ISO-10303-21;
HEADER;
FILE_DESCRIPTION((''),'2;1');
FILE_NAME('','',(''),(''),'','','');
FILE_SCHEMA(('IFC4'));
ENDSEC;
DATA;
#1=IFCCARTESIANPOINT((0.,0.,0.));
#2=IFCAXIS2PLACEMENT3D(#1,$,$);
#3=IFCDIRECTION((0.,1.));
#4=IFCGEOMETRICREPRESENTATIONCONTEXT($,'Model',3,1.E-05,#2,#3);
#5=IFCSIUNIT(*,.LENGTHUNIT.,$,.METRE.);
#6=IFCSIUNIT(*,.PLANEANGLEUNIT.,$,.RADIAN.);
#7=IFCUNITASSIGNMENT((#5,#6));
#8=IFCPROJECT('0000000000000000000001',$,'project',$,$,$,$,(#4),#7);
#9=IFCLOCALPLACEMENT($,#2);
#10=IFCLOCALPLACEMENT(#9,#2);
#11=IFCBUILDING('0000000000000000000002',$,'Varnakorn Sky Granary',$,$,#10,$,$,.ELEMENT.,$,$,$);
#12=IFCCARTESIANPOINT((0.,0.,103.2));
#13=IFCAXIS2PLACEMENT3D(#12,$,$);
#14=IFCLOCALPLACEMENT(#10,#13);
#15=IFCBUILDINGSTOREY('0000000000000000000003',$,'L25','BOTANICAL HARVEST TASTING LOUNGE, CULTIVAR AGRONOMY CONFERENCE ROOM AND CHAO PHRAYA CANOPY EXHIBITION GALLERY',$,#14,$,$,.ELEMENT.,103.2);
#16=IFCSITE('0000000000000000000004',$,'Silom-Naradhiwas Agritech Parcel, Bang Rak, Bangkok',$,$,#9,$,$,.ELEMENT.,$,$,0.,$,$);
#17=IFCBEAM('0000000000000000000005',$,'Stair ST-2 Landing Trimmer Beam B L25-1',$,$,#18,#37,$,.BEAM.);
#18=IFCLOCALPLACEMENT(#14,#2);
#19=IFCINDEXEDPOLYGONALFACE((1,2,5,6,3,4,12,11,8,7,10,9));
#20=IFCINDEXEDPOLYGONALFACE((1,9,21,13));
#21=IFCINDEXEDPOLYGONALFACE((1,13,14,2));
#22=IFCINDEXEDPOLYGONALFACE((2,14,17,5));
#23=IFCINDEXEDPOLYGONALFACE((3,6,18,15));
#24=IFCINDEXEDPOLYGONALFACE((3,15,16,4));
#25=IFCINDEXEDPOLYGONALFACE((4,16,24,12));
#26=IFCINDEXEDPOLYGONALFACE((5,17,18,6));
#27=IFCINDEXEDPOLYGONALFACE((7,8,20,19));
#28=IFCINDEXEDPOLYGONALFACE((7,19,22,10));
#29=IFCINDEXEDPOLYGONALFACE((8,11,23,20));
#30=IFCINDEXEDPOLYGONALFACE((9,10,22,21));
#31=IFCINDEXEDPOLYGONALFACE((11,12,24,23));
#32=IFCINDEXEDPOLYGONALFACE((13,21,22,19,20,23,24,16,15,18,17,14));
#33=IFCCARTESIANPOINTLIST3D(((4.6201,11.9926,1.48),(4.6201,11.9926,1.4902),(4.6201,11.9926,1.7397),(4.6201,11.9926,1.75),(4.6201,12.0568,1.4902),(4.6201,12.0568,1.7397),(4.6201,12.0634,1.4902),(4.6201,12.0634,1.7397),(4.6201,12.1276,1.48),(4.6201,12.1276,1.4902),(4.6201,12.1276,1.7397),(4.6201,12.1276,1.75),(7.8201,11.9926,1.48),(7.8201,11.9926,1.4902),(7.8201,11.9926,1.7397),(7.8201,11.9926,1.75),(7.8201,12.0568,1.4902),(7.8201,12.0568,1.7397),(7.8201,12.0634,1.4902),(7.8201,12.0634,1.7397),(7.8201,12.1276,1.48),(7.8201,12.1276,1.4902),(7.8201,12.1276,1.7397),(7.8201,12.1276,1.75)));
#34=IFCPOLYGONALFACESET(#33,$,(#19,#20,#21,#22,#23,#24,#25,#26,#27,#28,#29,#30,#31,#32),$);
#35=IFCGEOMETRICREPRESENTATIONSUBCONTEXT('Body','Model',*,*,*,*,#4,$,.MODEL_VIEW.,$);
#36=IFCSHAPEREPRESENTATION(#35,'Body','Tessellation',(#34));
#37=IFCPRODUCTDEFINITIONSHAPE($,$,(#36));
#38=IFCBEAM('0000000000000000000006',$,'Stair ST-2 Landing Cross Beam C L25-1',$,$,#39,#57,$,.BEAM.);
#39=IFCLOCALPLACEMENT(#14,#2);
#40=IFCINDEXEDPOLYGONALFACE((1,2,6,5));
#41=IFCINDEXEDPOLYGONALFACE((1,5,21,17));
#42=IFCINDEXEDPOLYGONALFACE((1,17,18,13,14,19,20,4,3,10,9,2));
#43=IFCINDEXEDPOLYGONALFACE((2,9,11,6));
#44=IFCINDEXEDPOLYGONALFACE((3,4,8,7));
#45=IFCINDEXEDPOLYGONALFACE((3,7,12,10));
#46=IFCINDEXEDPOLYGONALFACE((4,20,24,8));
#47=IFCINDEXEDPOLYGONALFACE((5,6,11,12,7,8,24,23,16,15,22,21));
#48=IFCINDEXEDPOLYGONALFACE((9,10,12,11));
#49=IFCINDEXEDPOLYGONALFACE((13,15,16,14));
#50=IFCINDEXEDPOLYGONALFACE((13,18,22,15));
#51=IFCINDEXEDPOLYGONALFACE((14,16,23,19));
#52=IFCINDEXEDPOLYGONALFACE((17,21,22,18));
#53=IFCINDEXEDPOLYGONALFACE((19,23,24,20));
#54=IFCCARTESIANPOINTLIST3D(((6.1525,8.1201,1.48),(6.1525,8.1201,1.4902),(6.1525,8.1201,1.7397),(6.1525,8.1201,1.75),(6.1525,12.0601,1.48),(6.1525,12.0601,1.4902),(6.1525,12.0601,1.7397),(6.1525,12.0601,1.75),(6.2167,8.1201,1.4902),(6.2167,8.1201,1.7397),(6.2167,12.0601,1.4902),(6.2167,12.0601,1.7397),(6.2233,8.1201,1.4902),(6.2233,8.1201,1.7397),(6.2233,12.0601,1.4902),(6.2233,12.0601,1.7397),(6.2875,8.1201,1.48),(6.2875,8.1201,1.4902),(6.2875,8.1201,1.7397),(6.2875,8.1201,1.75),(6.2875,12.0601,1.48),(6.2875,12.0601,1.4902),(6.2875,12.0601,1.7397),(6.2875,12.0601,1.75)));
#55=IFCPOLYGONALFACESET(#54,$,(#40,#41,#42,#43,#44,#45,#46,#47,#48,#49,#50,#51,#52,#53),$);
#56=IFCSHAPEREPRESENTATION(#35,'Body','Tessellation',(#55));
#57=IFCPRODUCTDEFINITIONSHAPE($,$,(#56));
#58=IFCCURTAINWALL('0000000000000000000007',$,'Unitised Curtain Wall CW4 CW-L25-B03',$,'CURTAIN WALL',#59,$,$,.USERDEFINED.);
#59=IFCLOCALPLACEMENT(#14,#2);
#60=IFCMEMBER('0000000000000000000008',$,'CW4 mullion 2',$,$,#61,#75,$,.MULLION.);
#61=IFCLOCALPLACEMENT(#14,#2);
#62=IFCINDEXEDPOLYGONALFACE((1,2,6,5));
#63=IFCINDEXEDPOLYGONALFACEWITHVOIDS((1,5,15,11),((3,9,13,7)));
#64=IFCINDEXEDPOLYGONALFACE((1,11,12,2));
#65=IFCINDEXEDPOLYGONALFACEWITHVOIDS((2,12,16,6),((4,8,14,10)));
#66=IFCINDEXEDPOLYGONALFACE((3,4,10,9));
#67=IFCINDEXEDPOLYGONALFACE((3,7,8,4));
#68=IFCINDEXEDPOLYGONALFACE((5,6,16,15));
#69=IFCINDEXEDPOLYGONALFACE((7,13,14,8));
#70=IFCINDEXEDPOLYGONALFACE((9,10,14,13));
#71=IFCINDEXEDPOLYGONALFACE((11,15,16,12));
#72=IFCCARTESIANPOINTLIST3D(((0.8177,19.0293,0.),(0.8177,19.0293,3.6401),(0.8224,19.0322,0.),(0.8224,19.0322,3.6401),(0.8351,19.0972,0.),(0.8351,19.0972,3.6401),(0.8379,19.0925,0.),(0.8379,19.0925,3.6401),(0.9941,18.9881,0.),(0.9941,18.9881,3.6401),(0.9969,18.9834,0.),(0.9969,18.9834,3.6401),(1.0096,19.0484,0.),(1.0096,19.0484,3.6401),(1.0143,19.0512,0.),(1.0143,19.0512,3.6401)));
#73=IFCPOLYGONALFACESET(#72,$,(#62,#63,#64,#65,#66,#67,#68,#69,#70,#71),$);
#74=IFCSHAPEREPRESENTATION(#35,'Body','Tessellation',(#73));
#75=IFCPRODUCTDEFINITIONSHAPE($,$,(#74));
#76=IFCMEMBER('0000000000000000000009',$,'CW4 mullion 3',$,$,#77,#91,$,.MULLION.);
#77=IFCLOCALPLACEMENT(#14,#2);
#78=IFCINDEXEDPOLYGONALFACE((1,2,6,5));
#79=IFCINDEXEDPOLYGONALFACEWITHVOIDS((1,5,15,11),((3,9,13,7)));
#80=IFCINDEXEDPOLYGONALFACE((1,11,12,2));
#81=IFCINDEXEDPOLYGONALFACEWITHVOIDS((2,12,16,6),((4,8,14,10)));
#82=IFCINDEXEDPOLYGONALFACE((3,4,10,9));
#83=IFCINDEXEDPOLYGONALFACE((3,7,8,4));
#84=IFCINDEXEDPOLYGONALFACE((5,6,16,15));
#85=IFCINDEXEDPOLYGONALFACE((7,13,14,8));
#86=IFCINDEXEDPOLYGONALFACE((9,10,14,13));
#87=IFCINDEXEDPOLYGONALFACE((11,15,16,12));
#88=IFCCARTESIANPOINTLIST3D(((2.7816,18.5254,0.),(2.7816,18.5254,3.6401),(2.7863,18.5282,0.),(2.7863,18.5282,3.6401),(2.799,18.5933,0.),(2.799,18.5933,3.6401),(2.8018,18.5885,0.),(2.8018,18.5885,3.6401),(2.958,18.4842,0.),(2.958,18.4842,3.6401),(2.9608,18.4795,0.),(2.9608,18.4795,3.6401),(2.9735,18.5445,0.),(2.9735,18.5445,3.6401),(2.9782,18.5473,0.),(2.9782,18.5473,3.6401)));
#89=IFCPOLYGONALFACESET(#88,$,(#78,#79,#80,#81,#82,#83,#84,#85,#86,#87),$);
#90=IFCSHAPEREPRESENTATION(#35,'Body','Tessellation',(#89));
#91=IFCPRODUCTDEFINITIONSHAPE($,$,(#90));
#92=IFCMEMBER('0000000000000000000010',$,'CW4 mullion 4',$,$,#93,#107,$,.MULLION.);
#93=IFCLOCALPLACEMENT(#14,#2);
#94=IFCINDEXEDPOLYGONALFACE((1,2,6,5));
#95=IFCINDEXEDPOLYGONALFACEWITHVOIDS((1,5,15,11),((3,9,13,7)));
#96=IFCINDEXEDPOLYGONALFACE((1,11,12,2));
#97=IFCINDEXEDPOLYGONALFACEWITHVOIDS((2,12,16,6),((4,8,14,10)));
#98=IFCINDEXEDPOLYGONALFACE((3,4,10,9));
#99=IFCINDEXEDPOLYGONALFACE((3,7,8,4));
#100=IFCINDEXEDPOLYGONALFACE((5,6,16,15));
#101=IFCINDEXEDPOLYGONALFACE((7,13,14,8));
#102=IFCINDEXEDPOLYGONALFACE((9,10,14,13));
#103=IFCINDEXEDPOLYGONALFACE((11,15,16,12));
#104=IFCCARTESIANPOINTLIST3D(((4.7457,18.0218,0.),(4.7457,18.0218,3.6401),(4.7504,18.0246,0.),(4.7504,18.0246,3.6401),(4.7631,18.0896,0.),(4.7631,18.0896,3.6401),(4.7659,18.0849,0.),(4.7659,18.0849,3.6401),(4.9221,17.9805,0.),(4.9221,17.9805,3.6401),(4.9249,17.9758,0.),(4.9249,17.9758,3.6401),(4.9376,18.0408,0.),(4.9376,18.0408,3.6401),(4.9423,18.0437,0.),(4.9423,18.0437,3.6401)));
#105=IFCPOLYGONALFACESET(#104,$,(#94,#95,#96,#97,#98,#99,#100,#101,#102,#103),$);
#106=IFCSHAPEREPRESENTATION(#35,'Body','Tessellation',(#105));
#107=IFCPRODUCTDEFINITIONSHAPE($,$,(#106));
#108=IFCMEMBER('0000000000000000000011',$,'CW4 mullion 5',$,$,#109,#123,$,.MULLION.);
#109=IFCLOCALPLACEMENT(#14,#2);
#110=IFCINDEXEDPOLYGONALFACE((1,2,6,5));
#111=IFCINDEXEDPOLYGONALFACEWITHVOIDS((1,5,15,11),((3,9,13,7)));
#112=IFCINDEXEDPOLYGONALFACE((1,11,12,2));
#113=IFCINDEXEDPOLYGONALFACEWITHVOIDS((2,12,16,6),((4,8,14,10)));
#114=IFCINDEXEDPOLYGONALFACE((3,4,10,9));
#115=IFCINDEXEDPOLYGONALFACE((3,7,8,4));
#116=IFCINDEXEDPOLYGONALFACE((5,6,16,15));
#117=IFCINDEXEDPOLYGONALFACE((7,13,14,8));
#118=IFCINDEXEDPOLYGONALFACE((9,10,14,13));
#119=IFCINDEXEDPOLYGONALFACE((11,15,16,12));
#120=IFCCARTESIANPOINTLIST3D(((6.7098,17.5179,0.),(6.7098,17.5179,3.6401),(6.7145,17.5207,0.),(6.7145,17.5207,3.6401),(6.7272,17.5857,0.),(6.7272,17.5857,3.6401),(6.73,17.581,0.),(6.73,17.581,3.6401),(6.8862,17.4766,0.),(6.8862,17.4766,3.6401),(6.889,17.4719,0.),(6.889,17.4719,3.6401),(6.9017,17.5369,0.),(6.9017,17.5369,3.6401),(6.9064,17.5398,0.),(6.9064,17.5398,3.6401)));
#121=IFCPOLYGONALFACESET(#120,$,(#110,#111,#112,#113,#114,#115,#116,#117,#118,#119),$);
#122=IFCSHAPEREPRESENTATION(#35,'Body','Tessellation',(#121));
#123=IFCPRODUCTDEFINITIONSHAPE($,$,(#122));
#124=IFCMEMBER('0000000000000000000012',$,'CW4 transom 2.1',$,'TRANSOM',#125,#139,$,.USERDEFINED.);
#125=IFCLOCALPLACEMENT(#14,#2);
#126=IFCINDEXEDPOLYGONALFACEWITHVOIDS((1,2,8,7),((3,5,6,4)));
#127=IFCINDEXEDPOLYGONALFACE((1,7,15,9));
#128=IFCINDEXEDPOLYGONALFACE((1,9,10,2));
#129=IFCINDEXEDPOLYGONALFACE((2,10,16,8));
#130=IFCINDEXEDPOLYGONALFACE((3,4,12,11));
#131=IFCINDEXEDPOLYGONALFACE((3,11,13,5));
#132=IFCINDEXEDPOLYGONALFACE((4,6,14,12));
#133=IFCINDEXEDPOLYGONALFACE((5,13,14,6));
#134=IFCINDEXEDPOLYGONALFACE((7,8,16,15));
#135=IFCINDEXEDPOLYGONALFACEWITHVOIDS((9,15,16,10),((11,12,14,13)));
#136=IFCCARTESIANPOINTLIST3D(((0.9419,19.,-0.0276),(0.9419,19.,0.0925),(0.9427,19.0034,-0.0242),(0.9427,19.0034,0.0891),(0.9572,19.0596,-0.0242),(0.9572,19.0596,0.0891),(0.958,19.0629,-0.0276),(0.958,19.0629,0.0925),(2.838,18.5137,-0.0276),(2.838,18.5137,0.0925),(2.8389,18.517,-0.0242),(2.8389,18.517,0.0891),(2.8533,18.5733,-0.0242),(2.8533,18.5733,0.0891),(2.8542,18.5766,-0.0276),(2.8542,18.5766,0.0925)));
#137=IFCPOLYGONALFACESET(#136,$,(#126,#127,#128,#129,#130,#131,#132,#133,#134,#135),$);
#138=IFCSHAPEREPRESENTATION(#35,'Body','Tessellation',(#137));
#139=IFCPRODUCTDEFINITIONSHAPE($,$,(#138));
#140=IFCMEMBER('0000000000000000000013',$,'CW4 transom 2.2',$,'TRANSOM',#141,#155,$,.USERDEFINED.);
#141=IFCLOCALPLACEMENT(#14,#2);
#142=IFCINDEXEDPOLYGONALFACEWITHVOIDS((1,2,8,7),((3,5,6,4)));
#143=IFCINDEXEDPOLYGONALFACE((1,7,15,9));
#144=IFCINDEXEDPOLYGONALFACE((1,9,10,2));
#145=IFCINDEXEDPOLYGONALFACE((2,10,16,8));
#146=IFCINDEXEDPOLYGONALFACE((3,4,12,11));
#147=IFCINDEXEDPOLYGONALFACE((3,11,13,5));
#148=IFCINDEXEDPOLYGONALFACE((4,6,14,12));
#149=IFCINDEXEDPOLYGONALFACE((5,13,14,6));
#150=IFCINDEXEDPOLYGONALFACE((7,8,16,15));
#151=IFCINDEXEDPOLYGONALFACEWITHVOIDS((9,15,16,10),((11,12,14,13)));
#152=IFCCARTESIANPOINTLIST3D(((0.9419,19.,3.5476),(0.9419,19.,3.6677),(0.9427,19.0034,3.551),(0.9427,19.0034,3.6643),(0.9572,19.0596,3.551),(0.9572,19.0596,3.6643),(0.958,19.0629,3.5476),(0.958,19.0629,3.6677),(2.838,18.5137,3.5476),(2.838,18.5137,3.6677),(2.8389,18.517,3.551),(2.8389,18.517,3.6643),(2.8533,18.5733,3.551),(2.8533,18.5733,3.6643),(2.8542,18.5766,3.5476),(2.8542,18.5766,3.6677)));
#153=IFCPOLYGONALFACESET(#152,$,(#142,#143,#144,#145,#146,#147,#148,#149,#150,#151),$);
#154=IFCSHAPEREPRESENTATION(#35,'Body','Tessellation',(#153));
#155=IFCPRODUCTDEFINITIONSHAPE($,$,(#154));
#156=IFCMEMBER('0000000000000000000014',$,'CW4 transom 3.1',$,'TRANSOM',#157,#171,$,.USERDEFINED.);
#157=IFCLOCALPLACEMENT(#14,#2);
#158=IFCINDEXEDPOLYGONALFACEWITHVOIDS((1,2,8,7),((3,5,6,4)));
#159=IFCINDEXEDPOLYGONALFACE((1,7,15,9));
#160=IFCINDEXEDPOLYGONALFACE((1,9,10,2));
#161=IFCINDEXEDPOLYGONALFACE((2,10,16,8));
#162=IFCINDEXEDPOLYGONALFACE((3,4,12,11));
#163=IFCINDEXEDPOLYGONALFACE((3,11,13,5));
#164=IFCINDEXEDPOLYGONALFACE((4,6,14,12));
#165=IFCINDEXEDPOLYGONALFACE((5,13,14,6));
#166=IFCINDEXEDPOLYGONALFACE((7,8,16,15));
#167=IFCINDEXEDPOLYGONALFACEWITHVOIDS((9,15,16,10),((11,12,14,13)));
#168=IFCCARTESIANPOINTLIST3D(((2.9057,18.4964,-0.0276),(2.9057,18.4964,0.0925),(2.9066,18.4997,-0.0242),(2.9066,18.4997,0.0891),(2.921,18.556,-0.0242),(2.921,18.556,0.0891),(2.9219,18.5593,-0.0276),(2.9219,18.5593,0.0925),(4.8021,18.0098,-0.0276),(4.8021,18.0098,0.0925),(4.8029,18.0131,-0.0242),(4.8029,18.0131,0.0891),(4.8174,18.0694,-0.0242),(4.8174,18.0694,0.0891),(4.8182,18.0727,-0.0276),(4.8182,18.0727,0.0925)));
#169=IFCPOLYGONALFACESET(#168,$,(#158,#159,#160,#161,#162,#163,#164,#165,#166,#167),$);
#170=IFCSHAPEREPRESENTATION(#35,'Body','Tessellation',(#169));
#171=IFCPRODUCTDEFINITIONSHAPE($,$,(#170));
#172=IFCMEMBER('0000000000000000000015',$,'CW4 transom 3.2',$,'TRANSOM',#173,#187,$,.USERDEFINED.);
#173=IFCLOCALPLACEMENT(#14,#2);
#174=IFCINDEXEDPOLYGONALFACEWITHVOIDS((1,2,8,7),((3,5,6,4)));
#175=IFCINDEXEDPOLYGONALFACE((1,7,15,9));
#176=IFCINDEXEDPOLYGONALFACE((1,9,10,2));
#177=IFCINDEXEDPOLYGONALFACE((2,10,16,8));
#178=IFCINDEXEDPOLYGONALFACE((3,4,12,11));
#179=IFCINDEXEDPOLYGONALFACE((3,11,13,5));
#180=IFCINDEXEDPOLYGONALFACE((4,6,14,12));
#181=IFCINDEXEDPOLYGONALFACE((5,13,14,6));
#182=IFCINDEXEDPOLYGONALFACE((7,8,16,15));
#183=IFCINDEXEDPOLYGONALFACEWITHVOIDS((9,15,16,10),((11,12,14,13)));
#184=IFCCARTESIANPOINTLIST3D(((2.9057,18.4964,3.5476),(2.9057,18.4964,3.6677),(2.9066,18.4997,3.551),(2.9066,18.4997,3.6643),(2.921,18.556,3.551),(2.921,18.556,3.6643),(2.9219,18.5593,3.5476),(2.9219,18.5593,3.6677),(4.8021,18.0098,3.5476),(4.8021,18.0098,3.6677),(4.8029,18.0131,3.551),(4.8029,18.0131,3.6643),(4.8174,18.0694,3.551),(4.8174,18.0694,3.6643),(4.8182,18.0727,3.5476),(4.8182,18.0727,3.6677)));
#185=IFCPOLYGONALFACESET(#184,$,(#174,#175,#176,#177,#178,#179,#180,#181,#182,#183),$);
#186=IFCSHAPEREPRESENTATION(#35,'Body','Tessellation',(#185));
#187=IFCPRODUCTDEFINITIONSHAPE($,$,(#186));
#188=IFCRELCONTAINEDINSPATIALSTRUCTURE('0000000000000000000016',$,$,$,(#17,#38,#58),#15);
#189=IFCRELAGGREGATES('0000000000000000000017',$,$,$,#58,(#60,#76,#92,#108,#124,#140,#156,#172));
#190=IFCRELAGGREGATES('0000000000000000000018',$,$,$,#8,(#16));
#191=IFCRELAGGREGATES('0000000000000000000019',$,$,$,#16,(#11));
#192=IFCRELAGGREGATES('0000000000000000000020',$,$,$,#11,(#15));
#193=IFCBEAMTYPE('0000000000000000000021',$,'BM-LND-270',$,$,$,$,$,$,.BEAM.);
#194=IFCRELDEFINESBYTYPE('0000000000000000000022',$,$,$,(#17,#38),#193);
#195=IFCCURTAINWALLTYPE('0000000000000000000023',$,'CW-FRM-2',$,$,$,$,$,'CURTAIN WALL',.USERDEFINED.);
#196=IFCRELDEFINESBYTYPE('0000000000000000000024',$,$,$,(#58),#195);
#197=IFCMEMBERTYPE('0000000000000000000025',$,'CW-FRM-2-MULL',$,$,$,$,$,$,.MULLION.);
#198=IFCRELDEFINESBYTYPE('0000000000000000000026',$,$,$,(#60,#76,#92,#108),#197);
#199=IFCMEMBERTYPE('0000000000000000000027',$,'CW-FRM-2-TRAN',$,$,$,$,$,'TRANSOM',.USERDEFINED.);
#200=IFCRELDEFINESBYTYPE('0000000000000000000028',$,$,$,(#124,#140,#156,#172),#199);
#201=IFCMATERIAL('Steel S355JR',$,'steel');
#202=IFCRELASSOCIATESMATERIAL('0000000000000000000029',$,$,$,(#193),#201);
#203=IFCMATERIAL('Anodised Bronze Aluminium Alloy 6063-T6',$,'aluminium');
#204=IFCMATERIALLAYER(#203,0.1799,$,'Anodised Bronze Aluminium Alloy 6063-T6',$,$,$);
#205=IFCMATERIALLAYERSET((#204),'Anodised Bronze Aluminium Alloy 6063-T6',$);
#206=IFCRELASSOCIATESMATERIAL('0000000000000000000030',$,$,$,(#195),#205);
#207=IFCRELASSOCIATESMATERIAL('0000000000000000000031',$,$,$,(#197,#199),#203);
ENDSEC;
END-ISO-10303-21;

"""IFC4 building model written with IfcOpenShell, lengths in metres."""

from ifc_helpers import new_model, si_unit, direction, frame, origin, origin_2d, place, context, subcontext, project, spatial, hollow_rectangle, i_section, extrude, material, layer, layer_set, material_profile, profile_set, type_object, element, aggregate, save


model = new_model("IFC4")

# Units and contexts
model_context = context("Model", 3, precision=1e-05, world=origin(), true_north=direction((0.0, 1.0)))
body_context = subcontext(model_context, "Body", "Model", "MODEL_VIEW")
ifc_project = project(units=[si_unit("LENGTHUNIT", "METRE"), si_unit("PLANEANGLEUNIT", "RADIAN")], contexts=[model_context])

# Site, building, storey
site_placement = place(None, origin())
site = spatial("IfcSite", under=ifc_project, at=site_placement, Name="Silom-Naradhiwas Agritech Parcel, Bang Rak, Bangkok", CompositionType="ELEMENT", RefElevation=0.0)
building_placement = place(site_placement, origin())
building = spatial("IfcBuilding", under=site, at=building_placement, Name="Varnakorn Sky Granary", CompositionType="ELEMENT")
storey_placement = place(building_placement, frame((0.0, 0.0, 103.2)))
storey = spatial("IfcBuildingStorey", under=building, at=storey_placement, Name="L25", Description="BOTANICAL HARVEST TASTING LOUNGE, CULTIVAR AGRONOMY CONFERENCE ROOM AND CHAO PHRAYA CANOPY EXHIBITION GALLERY", CompositionType="ELEMENT", Elevation=103.2)

# Beams
ifc_material_1 = material(Name="Steel S355JR", Category="steel")
ifc_material_profile_1 = material_profile(ifc_material_1, i_section(OverallWidth=0.135, OverallDepth=0.27, WebThickness=0.0066, FlangeThickness=0.0103, at=origin_2d()), Name="IPE 270")
ifc_profile_set_1 = profile_set([ifc_material_profile_1], Name="Steel S355JR")
beam_type = type_object("IfcBeamType", Name="BM-LND-270", PredefinedType="BEAM", material=ifc_profile_set_1)
beam_1_placement = place(storey_placement, frame((4.6201, 12.0601, 1.615), z_axis=(1.0, 0.0, 0.0), x_axis=(0.0, 1.0, 0.0)))
element("IfcBeam", 1, at=beam_1_placement, inside=storey, type_object=beam_type, Name="Stair ST-2 Landing Trimmer Beam B L25-1", PredefinedType="BEAM", context=body_context, shape_type="SweptSolid", body=[
    extrude(i_section(OverallWidth=0.135, OverallDepth=0.27, WebThickness=0.0066, FlangeThickness=0.0103, at=origin_2d()), origin(), (0.0, 0.0, 1.0), 3.2),
])
beam_2_placement = place(storey_placement, frame((6.22, 8.1201, 1.615), z_axis=(0.0, 1.0, 0.0), x_axis=(-1.0, 0.0, 0.0)))
element("IfcBeam", 2, at=beam_2_placement, inside=storey, type_object=beam_type, Name="Stair ST-2 Landing Cross Beam C L25-1", PredefinedType="BEAM", context=body_context, shape_type="SweptSolid", body=[
    extrude(i_section(OverallWidth=0.135, OverallDepth=0.27, WebThickness=0.0066, FlangeThickness=0.0103, at=origin_2d()), origin(), (0.0, 0.0, 1.0), 3.9399),
])

# Curtain wall, members
ifc_material_2 = material(Name="Anodised Bronze Aluminium Alloy 6063-T6", Category="aluminium")
ifc_layer_1 = layer(ifc_material_2, 0.1799, Name="Anodised Bronze Aluminium Alloy 6063-T6")
ifc_layer_set_1 = layer_set([ifc_layer_1], Name="Anodised Bronze Aluminium Alloy 6063-T6")
curtain_wall_type = type_object("IfcCurtainWallType", Name="CW-FRM-2", ElementType="CURTAIN WALL", PredefinedType="USERDEFINED", material=ifc_layer_set_1)
curtain_wall_placement = place(storey_placement, origin())
curtain_wall = element("IfcCurtainWall", 3, at=curtain_wall_placement, inside=storey, type_object=curtain_wall_type, Name="Unitised Curtain Wall CW4 CW-L25-B03", ObjectType="CURTAIN WALL", PredefinedType="USERDEFINED")
ifc_material_profile_2 = material_profile(ifc_material_2, hollow_rectangle(XDim=0.0701, YDim=0.1851, WallThickness=0.0039, at=origin_2d()), Name="ALU MULL 70x185")
ifc_profile_set_2 = profile_set([ifc_material_profile_2], Name="Anodised Bronze Aluminium Alloy 6063-T6")
member_type_1 = type_object("IfcMemberType", Name="CW-FRM-2-MULL", PredefinedType="MULLION", material=ifc_profile_set_2)
member_1_placement = place(storey_placement, frame((0.916, 19.0403, 0.0), z_axis=(0.0, 0.0, 1.0), x_axis=(0.248477, 0.968638, 0.0)))
member_1 = element("IfcMember", 4, at=member_1_placement, type_object=member_type_1, Name="CW4 mullion 2", PredefinedType="MULLION", context=body_context, shape_type="SweptSolid", body=[
    extrude(hollow_rectangle(XDim=0.0701, YDim=0.1851, WallThickness=0.0039, at=origin_2d()), origin(), (0.0, 0.0, 1.0), 3.6401),
])
member_2_placement = place(storey_placement, frame((2.8799, 18.5364, 0.0), z_axis=(0.0, 0.0, 1.0), x_axis=(0.248477, 0.968638, 0.0)))
member_2 = element("IfcMember", 5, at=member_2_placement, type_object=member_type_1, Name="CW4 mullion 3", PredefinedType="MULLION", context=body_context, shape_type="SweptSolid", body=[
    extrude(hollow_rectangle(XDim=0.0701, YDim=0.1851, WallThickness=0.0039, at=origin_2d()), origin(), (0.0, 0.0, 1.0), 3.6401),
])
member_3_placement = place(storey_placement, frame((4.844, 18.0327, 0.0), z_axis=(0.0, 0.0, 1.0), x_axis=(0.248477, 0.968638, 0.0)))
member_3 = element("IfcMember", 6, at=member_3_placement, type_object=member_type_1, Name="CW4 mullion 4", PredefinedType="MULLION", context=body_context, shape_type="SweptSolid", body=[
    extrude(hollow_rectangle(XDim=0.0701, YDim=0.1851, WallThickness=0.0039, at=origin_2d()), origin(), (0.0, 0.0, 1.0), 3.6401),
])
member_4_placement = place(storey_placement, frame((6.8081, 17.5288, 0.0), z_axis=(0.0, 0.0, 1.0), x_axis=(0.248477, 0.968638, 0.0)))
member_4 = element("IfcMember", 7, at=member_4_placement, type_object=member_type_1, Name="CW4 mullion 5", PredefinedType="MULLION", context=body_context, shape_type="SweptSolid", body=[
    extrude(hollow_rectangle(XDim=0.0701, YDim=0.1851, WallThickness=0.0039, at=origin_2d()), origin(), (0.0, 0.0, 1.0), 3.6401),
])
ifc_material_profile_3 = material_profile(ifc_material_2, hollow_rectangle(XDim=0.0649, YDim=0.1201, WallThickness=0.0034, at=origin_2d()), Name="ALU TRAN 65x120")
ifc_profile_set_3 = profile_set([ifc_material_profile_3], Name="Anodised Bronze Aluminium Alloy 6063-T6")
member_type_2 = type_object("IfcMemberType", Name="CW-FRM-2-TRAN", ElementType="TRANSOM", PredefinedType="USERDEFINED", material=ifc_profile_set_3)
member_5_placement = place(storey_placement, frame((0.95, 19.0315, 0.0325), z_axis=(0.96865, -0.248429, 0.0), x_axis=(0.248429, 0.96865, 0.0)))
member_5 = element("IfcMember", 8, at=member_5_placement, type_object=member_type_2, Name="CW4 transom 2.1", ObjectType="TRANSOM", PredefinedType="USERDEFINED", context=body_context, shape_type="SweptSolid", body=[
    extrude(hollow_rectangle(XDim=0.0649, YDim=0.1201, WallThickness=0.0034, at=origin_2d()), origin(), (0.0, 0.0, 1.0), 1.9575),
])
member_6_placement = place(storey_placement, frame((0.95, 19.0315, 3.6077), z_axis=(0.96865, -0.248429, 0.0), x_axis=(0.248429, 0.96865, 0.0)))
member_6 = element("IfcMember", 9, at=member_6_placement, type_object=member_type_2, Name="CW4 transom 2.2", ObjectType="TRANSOM", PredefinedType="USERDEFINED", context=body_context, shape_type="SweptSolid", body=[
    extrude(hollow_rectangle(XDim=0.0649, YDim=0.1201, WallThickness=0.0034, at=origin_2d()), origin(), (0.0, 0.0, 1.0), 1.9575),
])
member_7_placement = place(storey_placement, frame((2.9138, 18.5278, 0.0325), z_axis=(0.96862, -0.248546, 0.0), x_axis=(0.248546, 0.96862, 0.0)))
member_7 = element("IfcMember", 10, at=member_7_placement, type_object=member_type_2, Name="CW4 transom 3.1", ObjectType="TRANSOM", PredefinedType="USERDEFINED", context=body_context, shape_type="SweptSolid", body=[
    extrude(hollow_rectangle(XDim=0.0649, YDim=0.1201, WallThickness=0.0034, at=origin_2d()), origin(), (0.0, 0.0, 1.0), 1.9578),
])
member_8_placement = place(storey_placement, frame((2.9138, 18.5278, 3.6077), z_axis=(0.96862, -0.248546, 0.0), x_axis=(0.248546, 0.96862, 0.0)))
member_8 = element("IfcMember", 11, at=member_8_placement, type_object=member_type_2, Name="CW4 transom 3.2", ObjectType="TRANSOM", PredefinedType="USERDEFINED", context=body_context, shape_type="SweptSolid", body=[
    extrude(hollow_rectangle(XDim=0.0649, YDim=0.1201, WallThickness=0.0034, at=origin_2d()), origin(), (0.0, 0.0, 1.0), 1.9578),
])

aggregate(curtain_wall, [member_1, member_2, member_3, member_4, member_5, member_6, member_7, member_8])

save(model, "model.ifc")
